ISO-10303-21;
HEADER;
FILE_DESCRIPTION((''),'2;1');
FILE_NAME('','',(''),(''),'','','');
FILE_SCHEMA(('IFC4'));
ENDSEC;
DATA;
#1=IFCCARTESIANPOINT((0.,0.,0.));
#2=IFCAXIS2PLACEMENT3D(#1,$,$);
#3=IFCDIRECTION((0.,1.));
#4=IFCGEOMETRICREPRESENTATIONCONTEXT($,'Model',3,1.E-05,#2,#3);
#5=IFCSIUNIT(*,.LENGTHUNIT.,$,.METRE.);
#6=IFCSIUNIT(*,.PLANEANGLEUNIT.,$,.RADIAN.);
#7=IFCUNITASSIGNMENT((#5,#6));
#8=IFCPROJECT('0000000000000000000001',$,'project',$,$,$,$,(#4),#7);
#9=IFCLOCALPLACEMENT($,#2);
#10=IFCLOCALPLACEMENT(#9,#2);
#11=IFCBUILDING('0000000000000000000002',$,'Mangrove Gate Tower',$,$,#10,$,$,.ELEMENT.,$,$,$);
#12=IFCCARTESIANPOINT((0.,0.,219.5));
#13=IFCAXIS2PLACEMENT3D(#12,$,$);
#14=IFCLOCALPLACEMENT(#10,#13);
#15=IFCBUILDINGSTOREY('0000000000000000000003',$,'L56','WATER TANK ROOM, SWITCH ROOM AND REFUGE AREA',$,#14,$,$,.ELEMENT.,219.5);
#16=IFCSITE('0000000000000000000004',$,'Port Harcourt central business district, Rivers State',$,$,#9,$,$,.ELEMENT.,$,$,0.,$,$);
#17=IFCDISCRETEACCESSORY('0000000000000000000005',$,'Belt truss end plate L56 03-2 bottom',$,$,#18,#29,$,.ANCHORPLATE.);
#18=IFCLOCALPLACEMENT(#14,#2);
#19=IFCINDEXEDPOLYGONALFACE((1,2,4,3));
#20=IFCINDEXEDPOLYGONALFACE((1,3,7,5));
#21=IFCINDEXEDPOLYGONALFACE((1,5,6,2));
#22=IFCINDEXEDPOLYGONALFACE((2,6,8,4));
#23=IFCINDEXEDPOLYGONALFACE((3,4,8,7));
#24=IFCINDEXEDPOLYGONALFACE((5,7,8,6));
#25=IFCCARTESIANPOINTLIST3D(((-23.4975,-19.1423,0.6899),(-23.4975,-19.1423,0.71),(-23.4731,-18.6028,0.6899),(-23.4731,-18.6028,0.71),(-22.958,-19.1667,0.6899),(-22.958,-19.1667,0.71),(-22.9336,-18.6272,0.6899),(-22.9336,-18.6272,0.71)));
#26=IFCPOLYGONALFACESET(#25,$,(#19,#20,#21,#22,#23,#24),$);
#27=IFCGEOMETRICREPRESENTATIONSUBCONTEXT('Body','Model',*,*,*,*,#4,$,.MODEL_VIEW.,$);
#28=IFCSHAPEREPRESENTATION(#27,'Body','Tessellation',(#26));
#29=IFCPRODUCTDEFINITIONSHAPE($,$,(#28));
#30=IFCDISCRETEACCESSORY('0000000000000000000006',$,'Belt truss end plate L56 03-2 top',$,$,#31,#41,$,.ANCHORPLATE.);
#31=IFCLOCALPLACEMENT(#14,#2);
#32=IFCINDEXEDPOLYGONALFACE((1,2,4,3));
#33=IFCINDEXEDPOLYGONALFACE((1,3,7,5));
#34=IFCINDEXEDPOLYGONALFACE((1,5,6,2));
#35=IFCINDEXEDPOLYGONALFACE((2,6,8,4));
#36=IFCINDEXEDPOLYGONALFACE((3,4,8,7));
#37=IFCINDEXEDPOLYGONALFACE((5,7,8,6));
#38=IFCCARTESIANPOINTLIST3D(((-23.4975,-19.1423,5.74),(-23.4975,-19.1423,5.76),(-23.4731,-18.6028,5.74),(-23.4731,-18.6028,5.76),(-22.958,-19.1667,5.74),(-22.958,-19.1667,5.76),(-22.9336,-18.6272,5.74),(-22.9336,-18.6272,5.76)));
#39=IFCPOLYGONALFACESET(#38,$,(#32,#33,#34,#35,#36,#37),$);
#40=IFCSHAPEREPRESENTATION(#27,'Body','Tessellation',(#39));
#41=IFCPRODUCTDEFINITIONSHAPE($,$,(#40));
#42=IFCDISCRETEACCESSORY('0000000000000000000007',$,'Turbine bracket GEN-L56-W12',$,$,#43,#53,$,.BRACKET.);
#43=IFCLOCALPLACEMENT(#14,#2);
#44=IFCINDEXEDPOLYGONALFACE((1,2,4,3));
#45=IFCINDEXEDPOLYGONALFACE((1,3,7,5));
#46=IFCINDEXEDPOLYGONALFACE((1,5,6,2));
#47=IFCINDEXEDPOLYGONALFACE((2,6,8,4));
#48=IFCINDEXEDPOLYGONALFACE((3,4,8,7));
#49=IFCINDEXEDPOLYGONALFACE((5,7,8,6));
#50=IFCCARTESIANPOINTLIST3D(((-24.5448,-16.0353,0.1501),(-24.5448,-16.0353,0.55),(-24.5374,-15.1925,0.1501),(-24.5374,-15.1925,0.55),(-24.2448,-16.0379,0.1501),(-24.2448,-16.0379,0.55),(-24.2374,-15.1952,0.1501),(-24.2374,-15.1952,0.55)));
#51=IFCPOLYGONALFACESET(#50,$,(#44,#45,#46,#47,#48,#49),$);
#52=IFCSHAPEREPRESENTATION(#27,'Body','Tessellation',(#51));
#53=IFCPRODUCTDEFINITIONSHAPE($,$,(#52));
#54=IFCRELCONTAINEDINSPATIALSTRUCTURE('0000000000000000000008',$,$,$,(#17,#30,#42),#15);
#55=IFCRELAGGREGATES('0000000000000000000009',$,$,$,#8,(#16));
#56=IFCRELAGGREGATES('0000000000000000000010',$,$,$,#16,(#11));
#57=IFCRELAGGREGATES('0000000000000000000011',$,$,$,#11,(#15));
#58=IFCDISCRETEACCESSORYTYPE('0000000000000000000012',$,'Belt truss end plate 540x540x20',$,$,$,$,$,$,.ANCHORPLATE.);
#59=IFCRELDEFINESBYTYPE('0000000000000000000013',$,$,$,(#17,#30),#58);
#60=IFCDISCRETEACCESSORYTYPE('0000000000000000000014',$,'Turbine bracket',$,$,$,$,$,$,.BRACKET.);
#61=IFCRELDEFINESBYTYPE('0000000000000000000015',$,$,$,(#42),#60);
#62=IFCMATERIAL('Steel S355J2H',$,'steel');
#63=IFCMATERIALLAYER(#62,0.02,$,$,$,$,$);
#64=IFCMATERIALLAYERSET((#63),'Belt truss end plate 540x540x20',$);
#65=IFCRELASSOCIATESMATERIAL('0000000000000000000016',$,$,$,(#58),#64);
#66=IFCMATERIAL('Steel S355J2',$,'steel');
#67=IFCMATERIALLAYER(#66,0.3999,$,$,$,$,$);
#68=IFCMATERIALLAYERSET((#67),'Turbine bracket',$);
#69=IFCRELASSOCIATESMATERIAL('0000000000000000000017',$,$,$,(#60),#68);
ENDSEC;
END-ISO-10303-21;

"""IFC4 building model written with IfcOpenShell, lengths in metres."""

from ifc_helpers import new_model, si_unit, direction, frame, origin, origin_2d, place, context, subcontext, project, spatial, rectangle, extrude, material, layer, layer_set, type_object, element, save


model = new_model("IFC4")

# Units and contexts
model_context = context("Model", 3, precision=1e-05, world=origin(), true_north=direction((0.0, 1.0)))
body_context = subcontext(model_context, "Body", "Model", "MODEL_VIEW")
ifc_project = project(units=[si_unit("LENGTHUNIT", "METRE"), si_unit("PLANEANGLEUNIT", "RADIAN")], contexts=[model_context])

# Site, building, storey
site_placement = place(None, origin())
site = spatial("IfcSite", under=ifc_project, at=site_placement, Name="Port Harcourt central business district, Rivers State", CompositionType="ELEMENT", RefElevation=0.0)
building_placement = place(site_placement, origin())
building = spatial("IfcBuilding", under=site, at=building_placement, Name="Mangrove Gate Tower", CompositionType="ELEMENT")
storey_placement = place(building_placement, frame((0.0, 0.0, 219.5)))
storey = spatial("IfcBuildingStorey", under=building, at=storey_placement, Name="L56", Description="WATER TANK ROOM, SWITCH ROOM AND REFUGE AREA", CompositionType="ELEMENT", Elevation=219.5)

# Discrete accessories
ifc_material_1 = material(Name="Steel S355J2H", Category="steel")
ifc_layer_1 = layer(ifc_material_1, 0.02)
ifc_layer_set_1 = layer_set([ifc_layer_1], Name="Belt truss end plate 540x540x20")
discrete_accessory_type_1 = type_object("IfcDiscreteAccessoryType", Name="Belt truss end plate 540x540x20", PredefinedType="ANCHORPLATE", material=ifc_layer_set_1)
for number, where, z_axis, x_axis, name in (
    (1, (-23.2156, -18.8848, 0.6899), (0.0, 0.0, 1.0), (-0.045144, -0.998981, 0.0), "Belt truss end plate L56 03-2 bottom"),
    (2, (-23.2156, -18.8848, 5.74), (0.0, 0.0, 1.0), (-0.045144, -0.998981, 0.0), "Belt truss end plate L56 03-2 top"),
):
    element("IfcDiscreteAccessory", number, at=place(storey_placement, frame(where, z_axis=z_axis, x_axis=x_axis)), inside=storey, type_object=discrete_accessory_type_1, Name=name, PredefinedType="ANCHORPLATE", context=body_context, shape_type="SweptSolid", body=[
        extrude(rectangle(XDim=0.54, YDim=0.54, at=origin_2d()), origin(), (0.0, 0.0, 1.0), 0.02),
    ])
ifc_material_2 = material(Name="Steel S355J2", Category="steel")
ifc_layer_2 = layer(ifc_material_2, 0.3999)
ifc_layer_set_2 = layer_set([ifc_layer_2], Name="Turbine bracket")
discrete_accessory_type_2 = type_object("IfcDiscreteAccessoryType", Name="Turbine bracket", PredefinedType="BRACKET", material=ifc_layer_set_2)
discrete_accessory_placement = place(storey_placement, frame((-24.3911, -15.6152, 0.1501), z_axis=(0.0, 0.0, 1.0), x_axis=(0.008796, 0.999961, 0.0)))
element("IfcDiscreteAccessory", 3, at=discrete_accessory_placement, inside=storey, type_object=discrete_accessory_type_2, Name="Turbine bracket GEN-L56-W12", PredefinedType="BRACKET", context=body_context, shape_type="SweptSolid", body=[
    extrude(rectangle(XDim=0.8428, YDim=0.3, at=origin_2d()), origin(), (0.0, 0.0, 1.0), 0.3999),
])

save(model, "model.ifc")
